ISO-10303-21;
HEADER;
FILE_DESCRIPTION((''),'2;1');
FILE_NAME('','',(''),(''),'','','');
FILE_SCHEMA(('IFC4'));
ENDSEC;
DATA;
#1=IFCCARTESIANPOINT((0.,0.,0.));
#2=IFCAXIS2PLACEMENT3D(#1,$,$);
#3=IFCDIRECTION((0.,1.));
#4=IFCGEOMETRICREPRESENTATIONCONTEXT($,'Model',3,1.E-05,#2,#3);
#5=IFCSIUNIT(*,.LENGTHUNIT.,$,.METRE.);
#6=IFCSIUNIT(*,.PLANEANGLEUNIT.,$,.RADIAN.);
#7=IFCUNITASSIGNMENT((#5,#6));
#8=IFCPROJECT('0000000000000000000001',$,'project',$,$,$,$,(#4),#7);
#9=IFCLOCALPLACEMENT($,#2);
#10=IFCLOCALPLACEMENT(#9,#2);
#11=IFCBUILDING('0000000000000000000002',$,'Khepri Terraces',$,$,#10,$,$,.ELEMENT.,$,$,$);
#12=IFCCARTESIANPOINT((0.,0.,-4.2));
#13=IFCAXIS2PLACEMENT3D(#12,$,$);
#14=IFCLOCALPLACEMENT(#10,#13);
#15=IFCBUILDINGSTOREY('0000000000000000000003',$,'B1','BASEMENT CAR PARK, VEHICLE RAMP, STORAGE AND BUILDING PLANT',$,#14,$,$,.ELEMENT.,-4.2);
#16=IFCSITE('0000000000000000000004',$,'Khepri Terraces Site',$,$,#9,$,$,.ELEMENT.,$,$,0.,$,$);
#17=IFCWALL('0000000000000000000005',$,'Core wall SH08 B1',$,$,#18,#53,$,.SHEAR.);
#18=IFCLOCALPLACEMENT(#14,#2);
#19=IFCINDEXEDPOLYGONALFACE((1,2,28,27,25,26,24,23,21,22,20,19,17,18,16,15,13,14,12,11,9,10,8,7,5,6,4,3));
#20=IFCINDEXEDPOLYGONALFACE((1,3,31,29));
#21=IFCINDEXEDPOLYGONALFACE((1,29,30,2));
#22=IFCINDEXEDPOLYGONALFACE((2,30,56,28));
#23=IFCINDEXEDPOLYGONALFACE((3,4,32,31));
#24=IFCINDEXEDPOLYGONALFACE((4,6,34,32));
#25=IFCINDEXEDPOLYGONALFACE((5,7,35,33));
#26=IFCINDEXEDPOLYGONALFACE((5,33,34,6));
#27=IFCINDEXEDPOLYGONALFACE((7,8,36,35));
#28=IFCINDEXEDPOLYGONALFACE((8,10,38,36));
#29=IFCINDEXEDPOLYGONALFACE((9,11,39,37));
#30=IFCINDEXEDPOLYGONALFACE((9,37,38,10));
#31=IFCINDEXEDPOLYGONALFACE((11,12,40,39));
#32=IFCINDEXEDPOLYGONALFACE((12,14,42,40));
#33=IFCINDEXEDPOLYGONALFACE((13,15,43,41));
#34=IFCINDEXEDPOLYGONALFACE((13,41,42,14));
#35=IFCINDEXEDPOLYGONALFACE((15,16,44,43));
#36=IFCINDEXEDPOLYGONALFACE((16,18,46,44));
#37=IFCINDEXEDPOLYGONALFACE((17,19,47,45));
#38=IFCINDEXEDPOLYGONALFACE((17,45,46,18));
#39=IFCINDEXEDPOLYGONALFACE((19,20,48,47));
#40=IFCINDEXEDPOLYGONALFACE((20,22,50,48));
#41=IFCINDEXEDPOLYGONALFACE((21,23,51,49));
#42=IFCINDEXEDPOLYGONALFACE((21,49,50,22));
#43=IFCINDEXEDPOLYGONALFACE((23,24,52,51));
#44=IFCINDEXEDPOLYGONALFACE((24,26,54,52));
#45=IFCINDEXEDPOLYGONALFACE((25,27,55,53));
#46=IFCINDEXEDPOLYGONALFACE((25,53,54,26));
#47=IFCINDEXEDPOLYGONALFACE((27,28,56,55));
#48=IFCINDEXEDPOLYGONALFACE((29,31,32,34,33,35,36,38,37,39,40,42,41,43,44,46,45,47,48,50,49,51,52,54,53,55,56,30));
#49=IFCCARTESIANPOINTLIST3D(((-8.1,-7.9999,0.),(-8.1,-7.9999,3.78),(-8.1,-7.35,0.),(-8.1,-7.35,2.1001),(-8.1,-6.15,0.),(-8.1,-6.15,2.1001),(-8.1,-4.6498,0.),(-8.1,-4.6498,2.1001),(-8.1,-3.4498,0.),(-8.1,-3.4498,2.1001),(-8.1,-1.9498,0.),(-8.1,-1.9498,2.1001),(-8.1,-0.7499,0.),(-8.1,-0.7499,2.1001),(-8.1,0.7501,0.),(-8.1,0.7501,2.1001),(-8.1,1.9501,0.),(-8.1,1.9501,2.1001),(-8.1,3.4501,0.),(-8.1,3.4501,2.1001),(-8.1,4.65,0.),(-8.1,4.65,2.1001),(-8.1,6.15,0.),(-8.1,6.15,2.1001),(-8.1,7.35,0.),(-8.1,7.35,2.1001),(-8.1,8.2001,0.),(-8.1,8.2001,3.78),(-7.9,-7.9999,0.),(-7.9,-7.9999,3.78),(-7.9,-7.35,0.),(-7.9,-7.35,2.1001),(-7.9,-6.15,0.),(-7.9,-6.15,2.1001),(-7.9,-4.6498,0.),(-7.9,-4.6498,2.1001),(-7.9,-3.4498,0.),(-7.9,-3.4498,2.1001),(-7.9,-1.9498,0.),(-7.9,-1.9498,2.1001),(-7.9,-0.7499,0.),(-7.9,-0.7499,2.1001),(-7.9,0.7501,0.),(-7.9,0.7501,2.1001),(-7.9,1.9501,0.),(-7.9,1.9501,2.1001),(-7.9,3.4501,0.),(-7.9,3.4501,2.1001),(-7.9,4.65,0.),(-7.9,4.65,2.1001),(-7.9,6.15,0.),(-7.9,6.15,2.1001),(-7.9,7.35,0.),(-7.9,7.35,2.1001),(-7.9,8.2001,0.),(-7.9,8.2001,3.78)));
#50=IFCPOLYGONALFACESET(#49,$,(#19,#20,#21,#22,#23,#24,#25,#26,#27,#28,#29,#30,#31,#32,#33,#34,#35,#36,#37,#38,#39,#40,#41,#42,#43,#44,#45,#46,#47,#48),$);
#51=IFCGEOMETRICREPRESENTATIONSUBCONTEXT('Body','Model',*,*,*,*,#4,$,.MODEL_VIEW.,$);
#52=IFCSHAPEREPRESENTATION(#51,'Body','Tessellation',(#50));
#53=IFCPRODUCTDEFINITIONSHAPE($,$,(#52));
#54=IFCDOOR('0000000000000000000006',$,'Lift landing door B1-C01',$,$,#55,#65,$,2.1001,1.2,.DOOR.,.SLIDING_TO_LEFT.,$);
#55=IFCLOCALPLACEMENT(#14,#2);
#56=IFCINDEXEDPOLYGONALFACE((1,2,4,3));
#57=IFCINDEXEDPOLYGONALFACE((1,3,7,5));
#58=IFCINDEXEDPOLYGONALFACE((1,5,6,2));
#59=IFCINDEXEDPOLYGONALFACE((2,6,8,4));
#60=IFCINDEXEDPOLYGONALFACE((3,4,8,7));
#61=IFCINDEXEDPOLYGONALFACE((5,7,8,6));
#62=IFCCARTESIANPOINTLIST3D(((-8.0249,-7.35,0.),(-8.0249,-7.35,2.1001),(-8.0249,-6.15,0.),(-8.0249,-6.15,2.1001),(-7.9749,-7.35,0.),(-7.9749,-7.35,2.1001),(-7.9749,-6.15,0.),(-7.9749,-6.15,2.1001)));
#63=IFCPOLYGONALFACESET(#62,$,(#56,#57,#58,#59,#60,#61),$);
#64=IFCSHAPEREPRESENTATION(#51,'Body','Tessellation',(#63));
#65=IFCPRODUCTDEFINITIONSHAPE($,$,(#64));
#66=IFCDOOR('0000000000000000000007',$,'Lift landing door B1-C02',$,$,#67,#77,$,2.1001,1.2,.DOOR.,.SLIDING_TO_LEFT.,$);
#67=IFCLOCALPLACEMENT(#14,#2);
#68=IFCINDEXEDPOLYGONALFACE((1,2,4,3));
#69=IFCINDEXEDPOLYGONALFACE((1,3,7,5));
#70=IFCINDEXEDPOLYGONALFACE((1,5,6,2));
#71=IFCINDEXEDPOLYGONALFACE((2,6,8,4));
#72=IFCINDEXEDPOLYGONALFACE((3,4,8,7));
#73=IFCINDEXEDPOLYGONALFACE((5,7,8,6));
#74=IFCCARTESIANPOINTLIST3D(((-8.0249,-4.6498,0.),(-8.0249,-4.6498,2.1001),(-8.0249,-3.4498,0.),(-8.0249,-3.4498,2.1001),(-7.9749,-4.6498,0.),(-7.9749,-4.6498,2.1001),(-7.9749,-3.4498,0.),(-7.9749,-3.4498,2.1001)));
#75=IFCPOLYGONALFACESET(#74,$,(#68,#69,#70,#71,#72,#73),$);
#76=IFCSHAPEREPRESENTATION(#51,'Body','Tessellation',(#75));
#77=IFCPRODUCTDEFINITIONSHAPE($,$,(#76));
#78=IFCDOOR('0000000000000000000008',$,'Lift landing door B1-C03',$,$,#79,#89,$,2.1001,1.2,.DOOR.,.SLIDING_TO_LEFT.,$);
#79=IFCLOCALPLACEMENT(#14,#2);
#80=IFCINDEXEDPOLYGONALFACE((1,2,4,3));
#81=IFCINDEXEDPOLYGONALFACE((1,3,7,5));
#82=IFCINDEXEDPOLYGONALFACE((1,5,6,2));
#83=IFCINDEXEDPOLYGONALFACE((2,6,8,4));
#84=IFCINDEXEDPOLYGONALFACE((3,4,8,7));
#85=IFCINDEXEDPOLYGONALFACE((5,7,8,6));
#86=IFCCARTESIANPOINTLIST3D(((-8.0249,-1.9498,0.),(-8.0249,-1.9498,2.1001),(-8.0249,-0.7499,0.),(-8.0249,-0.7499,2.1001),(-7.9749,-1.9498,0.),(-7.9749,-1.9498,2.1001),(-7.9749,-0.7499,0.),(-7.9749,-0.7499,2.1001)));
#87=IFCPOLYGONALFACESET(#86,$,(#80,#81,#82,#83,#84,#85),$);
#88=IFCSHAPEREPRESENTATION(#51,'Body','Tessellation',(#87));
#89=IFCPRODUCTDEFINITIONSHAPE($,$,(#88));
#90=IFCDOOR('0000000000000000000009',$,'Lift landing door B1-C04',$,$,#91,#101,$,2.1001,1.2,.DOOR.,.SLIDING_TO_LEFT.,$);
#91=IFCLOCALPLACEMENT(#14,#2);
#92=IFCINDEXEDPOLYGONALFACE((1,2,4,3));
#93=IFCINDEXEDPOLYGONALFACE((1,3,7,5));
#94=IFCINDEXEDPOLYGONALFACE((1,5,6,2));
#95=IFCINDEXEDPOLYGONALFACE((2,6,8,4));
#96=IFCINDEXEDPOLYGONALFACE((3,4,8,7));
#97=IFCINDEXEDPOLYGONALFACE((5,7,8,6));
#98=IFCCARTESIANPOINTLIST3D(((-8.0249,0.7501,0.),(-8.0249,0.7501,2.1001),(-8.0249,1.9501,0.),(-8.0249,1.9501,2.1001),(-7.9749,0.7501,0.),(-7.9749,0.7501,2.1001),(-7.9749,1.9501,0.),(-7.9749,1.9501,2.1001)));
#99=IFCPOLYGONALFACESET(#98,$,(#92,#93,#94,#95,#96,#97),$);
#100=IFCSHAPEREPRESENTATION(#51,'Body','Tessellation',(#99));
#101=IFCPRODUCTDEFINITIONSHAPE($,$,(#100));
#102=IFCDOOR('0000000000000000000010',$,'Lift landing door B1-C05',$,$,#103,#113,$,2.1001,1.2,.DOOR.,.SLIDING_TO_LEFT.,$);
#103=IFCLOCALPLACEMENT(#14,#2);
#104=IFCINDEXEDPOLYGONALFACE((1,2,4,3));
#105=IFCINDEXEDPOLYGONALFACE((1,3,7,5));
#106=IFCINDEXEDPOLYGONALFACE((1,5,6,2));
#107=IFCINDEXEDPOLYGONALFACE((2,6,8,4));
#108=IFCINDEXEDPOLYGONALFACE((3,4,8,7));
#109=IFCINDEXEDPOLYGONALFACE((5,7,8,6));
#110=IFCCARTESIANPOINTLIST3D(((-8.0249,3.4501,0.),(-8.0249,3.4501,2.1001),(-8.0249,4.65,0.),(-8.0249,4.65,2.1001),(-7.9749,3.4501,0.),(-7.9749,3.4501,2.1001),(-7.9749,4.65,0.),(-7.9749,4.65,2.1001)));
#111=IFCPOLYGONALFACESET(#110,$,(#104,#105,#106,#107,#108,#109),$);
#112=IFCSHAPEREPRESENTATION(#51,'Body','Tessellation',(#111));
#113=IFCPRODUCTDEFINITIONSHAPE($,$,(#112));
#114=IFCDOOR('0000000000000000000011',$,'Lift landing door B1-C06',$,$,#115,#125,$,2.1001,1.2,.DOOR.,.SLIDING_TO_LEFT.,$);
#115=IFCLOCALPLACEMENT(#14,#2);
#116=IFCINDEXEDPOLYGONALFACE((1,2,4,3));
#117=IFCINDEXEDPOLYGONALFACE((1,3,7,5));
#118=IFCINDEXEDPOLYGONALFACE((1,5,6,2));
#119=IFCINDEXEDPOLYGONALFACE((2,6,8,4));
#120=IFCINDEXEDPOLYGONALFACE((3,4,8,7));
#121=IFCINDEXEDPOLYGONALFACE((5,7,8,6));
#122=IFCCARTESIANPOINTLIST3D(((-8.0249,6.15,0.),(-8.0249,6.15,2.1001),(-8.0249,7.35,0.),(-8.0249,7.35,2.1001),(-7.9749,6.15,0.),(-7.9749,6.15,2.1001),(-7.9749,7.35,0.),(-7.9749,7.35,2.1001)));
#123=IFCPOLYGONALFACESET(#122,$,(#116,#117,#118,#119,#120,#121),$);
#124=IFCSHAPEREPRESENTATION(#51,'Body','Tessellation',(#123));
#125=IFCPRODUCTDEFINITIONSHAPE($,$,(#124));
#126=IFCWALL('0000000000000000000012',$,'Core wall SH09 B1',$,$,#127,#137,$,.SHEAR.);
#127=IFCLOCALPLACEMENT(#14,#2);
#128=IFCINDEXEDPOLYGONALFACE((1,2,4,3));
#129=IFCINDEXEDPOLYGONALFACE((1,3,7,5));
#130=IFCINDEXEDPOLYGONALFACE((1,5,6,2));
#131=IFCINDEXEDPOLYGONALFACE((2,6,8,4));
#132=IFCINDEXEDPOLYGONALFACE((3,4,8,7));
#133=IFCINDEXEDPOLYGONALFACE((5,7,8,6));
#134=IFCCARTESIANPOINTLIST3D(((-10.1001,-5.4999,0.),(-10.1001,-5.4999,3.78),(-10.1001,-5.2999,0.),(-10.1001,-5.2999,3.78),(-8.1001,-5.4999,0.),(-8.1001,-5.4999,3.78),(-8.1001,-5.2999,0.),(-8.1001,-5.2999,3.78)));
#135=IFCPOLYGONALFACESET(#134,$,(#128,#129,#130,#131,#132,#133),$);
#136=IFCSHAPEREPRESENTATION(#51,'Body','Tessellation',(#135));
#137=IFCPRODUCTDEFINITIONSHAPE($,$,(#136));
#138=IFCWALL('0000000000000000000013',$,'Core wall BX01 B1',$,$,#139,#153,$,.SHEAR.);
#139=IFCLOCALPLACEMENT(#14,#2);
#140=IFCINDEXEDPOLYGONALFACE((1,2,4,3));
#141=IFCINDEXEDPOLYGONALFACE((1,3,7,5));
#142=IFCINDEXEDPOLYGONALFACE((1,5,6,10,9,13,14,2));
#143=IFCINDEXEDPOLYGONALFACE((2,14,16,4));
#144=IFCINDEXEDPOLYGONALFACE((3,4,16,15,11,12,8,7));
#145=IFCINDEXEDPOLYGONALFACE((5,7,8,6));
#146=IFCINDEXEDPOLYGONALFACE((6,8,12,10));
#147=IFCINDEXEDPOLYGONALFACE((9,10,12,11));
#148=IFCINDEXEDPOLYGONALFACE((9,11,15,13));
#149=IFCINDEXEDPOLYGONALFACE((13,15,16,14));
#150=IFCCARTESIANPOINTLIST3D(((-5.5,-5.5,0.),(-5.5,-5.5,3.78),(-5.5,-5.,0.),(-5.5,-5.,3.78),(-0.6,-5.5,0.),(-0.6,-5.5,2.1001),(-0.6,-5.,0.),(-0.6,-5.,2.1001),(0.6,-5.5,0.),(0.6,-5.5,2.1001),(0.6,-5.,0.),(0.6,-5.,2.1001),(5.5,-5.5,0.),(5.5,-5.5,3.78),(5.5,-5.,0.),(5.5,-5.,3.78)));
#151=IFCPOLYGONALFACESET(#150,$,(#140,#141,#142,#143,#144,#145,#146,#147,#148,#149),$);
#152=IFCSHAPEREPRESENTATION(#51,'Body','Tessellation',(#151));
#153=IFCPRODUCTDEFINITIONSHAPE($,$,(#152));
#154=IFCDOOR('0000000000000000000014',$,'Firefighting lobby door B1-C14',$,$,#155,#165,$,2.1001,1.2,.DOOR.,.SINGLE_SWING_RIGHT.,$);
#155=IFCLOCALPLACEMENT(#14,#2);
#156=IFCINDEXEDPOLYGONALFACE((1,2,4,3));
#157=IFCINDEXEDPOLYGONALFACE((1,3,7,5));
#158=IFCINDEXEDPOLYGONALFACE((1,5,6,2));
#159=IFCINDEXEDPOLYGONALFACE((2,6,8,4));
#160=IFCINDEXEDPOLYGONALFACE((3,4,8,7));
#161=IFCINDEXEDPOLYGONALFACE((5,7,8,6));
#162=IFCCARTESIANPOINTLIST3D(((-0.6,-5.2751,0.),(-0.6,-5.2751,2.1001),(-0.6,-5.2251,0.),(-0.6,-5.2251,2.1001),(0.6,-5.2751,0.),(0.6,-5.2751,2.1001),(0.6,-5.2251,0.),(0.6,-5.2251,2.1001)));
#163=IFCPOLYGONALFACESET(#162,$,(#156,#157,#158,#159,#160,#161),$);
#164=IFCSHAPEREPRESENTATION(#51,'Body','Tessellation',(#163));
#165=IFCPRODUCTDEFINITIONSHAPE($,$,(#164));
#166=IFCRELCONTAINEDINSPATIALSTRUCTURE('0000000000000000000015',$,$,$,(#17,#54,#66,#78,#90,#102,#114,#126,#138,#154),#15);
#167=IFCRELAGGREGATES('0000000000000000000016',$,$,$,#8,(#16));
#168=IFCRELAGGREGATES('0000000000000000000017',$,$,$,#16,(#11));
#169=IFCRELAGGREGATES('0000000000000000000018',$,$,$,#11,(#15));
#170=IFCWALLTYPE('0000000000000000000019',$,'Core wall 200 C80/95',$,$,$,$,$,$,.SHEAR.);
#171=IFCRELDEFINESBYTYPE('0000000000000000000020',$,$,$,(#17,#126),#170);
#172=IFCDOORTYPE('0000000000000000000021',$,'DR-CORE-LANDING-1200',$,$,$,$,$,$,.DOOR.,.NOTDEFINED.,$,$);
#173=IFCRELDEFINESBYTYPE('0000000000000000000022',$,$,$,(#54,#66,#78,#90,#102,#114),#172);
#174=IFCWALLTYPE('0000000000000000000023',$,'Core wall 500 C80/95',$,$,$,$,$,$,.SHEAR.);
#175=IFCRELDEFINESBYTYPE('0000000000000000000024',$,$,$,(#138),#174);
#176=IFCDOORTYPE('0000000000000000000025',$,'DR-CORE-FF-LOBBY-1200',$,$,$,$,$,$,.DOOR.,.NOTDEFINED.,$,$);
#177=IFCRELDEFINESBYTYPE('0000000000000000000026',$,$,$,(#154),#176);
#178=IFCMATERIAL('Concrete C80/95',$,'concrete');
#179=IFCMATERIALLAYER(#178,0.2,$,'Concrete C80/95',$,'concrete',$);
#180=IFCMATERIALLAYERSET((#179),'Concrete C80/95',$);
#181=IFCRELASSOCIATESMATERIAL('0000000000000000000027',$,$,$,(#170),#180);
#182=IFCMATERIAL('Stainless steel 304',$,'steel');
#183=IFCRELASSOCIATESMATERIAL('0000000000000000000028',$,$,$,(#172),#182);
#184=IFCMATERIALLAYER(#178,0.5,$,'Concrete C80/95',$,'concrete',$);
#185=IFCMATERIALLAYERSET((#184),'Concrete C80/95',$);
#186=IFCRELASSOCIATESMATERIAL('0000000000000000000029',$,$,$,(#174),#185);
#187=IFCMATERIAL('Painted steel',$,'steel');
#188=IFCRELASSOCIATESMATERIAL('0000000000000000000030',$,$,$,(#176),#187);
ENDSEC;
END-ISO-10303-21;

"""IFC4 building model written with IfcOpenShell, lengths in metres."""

from ifc_helpers import new_model, si_unit, direction, frame, frame_2d, origin, place, context, subcontext, project, spatial, rectangle, extrude, material, layer, layer_set, type_object, element, fill, save


model = new_model("IFC4")

# Units and contexts
model_context = context("Model", 3, precision=1e-05, world=origin(), true_north=direction((0.0, 1.0)))
body_context = subcontext(model_context, "Body", "Model", "MODEL_VIEW")
ifc_project = project(units=[si_unit("LENGTHUNIT", "METRE"), si_unit("PLANEANGLEUNIT", "RADIAN")], contexts=[model_context])

# Site, building, storey
site_placement = place(None, origin())
site = spatial("IfcSite", under=ifc_project, at=site_placement, Name="Khepri Terraces Site", CompositionType="ELEMENT", RefElevation=0.0)
building_placement = place(site_placement, origin())
building = spatial("IfcBuilding", under=site, at=building_placement, Name="Khepri Terraces", CompositionType="ELEMENT")
storey_placement = place(building_placement, frame((0.0, 0.0, -4.2)))
storey = spatial("IfcBuildingStorey", under=building, at=storey_placement, Name="B1", Description="BASEMENT CAR PARK, VEHICLE RAMP, STORAGE AND BUILDING PLANT", CompositionType="ELEMENT", Elevation=-4.2)

# Shared definitions
ifc_material_1 = material(Name="Concrete C80/95", Category="concrete")
ifc_layer_1 = layer(ifc_material_1, 0.2, Name="Concrete C80/95", Category="concrete")
ifc_layer_set_1 = layer_set([ifc_layer_1], Name="Concrete C80/95")
wall_type_1 = type_object("IfcWallType", Name="Core wall 200 C80/95", PredefinedType="SHEAR", material=ifc_layer_set_1)

# Wall, openings, doors
wall_1_placement = place(storey_placement, frame((-8.0, -8.0, 0.0), z_axis=(0.0, 0.0, 1.0), x_axis=(0.0, 1.0, 0.0)))
wall_1 = element("IfcWall", 1, at=wall_1_placement, inside=storey, type_object=wall_type_1, Name="Core wall SH08 B1", PredefinedType="SHEAR", context=body_context, shape_type="SweptSolid", body=[
    extrude(rectangle(XDim=16.2, YDim=0.2, at=frame_2d((8.1001, 0.0))), origin(), (0.0, 0.0, 1.0), 3.78),
])
opening_1_placement = place(wall_1_placement, frame((0.6499, 0.0, 0.0)))
opening_1 = element("IfcOpeningElement", 2, at=opening_1_placement, cuts=wall_1, PredefinedType="OPENING", context=body_context, shape_type="SweptSolid", body=[
    extrude(rectangle(XDim=1.2, YDim=2.1001, at=frame_2d((0.6001, 1.05))), frame((0.0, 0.1099, 0.0), z_axis=(0.0, -1.0, 0.0), x_axis=(1.0, 0.0, 0.0)), (0.0, 0.0, 1.0), 0.22),
])
opening_2_placement = place(wall_1_placement, frame((3.3501, 0.0, 0.0)))
opening_2 = element("IfcOpeningElement", 3, at=opening_2_placement, cuts=wall_1, PredefinedType="OPENING", context=body_context, shape_type="SweptSolid", body=[
    extrude(rectangle(XDim=1.2, YDim=2.1001, at=frame_2d((0.6001, 1.05))), frame((0.0, 0.1099, 0.0), z_axis=(0.0, -1.0, 0.0), x_axis=(1.0, 0.0, 0.0)), (0.0, 0.0, 1.0), 0.22),
])
opening_3_placement = place(wall_1_placement, frame((6.05, 0.0, 0.0)))
opening_3 = element("IfcOpeningElement", 4, at=opening_3_placement, cuts=wall_1, PredefinedType="OPENING", context=body_context, shape_type="SweptSolid", body=[
    extrude(rectangle(XDim=1.2, YDim=2.1001, at=frame_2d((0.6001, 1.05))), frame((0.0, 0.1099, 0.0), z_axis=(0.0, -1.0, 0.0), x_axis=(1.0, 0.0, 0.0)), (0.0, 0.0, 1.0), 0.22),
])
opening_4_placement = place(wall_1_placement, frame((8.75, 0.0, 0.0)))
opening_4 = element("IfcOpeningElement", 5, at=opening_4_placement, cuts=wall_1, PredefinedType="OPENING", context=body_context, shape_type="SweptSolid", body=[
    extrude(rectangle(XDim=1.2, YDim=2.1001, at=frame_2d((0.6001, 1.05))), frame((0.0, 0.1099, 0.0), z_axis=(0.0, -1.0, 0.0), x_axis=(1.0, 0.0, 0.0)), (0.0, 0.0, 1.0), 0.22),
])
opening_5_placement = place(wall_1_placement, frame((11.45, 0.0, 0.0)))
opening_5 = element("IfcOpeningElement", 6, at=opening_5_placement, cuts=wall_1, PredefinedType="OPENING", context=body_context, shape_type="SweptSolid", body=[
    extrude(rectangle(XDim=1.2, YDim=2.1001, at=frame_2d((0.6001, 1.05))), frame((0.0, 0.1099, 0.0), z_axis=(0.0, -1.0, 0.0), x_axis=(1.0, 0.0, 0.0)), (0.0, 0.0, 1.0), 0.22),
])
opening_6_placement = place(wall_1_placement, frame((14.1499, 0.0, 0.0)))
opening_6 = element("IfcOpeningElement", 7, at=opening_6_placement, cuts=wall_1, PredefinedType="OPENING", context=body_context, shape_type="SweptSolid", body=[
    extrude(rectangle(XDim=1.2, YDim=2.1001, at=frame_2d((0.6001, 1.05))), frame((0.0, 0.1099, 0.0), z_axis=(0.0, -1.0, 0.0), x_axis=(1.0, 0.0, 0.0)), (0.0, 0.0, 1.0), 0.22),
])
ifc_material_2 = material(Name="Stainless steel 304", Category="steel")
door_type_1 = type_object("IfcDoorType", Name="DR-CORE-LANDING-1200", OperationType="NOTDEFINED", PredefinedType="DOOR", material=ifc_material_2)
door_1_placement = place(opening_1_placement, origin())
door_1 = element("IfcDoor", 8, at=door_1_placement, inside=storey, type_object=door_type_1, Name="Lift landing door B1-C01", OperationType="SLIDING_TO_LEFT", OverallHeight=2.1001, OverallWidth=1.2, PredefinedType="DOOR", context=body_context, shape_type="SweptSolid", body=[
    extrude(rectangle(XDim=1.2, YDim=2.1001, at=frame_2d((0.6001, 1.05))), frame((0.0, 0.0249, 0.0), z_axis=(0.0, -1.0, 0.0), x_axis=(1.0, 0.0, 0.0)), (0.0, 0.0, 1.0), 0.05),
])
fill(opening_1, door_1)
door_2_placement = place(opening_2_placement, origin())
door_2 = element("IfcDoor", 9, at=door_2_placement, inside=storey, type_object=door_type_1, Name="Lift landing door B1-C02", OperationType="SLIDING_TO_LEFT", OverallHeight=2.1001, OverallWidth=1.2, PredefinedType="DOOR", context=body_context, shape_type="SweptSolid", body=[
    extrude(rectangle(XDim=1.2, YDim=2.1001, at=frame_2d((0.6001, 1.05))), frame((0.0, 0.0249, 0.0), z_axis=(0.0, -1.0, 0.0), x_axis=(1.0, 0.0, 0.0)), (0.0, 0.0, 1.0), 0.05),
])
fill(opening_2, door_2)
door_3_placement = place(opening_3_placement, origin())
door_3 = element("IfcDoor", 10, at=door_3_placement, inside=storey, type_object=door_type_1, Name="Lift landing door B1-C03", OperationType="SLIDING_TO_LEFT", OverallHeight=2.1001, OverallWidth=1.2, PredefinedType="DOOR", context=body_context, shape_type="SweptSolid", body=[
    extrude(rectangle(XDim=1.2, YDim=2.1001, at=frame_2d((0.6001, 1.05))), frame((0.0, 0.0249, 0.0), z_axis=(0.0, -1.0, 0.0), x_axis=(1.0, 0.0, 0.0)), (0.0, 0.0, 1.0), 0.05),
])
fill(opening_3, door_3)
door_4_placement = place(opening_4_placement, origin())
door_4 = element("IfcDoor", 11, at=door_4_placement, inside=storey, type_object=door_type_1, Name="Lift landing door B1-C04", OperationType="SLIDING_TO_LEFT", OverallHeight=2.1001, OverallWidth=1.2, PredefinedType="DOOR", context=body_context, shape_type="SweptSolid", body=[
    extrude(rectangle(XDim=1.2, YDim=2.1001, at=frame_2d((0.6001, 1.05))), frame((0.0, 0.0249, 0.0), z_axis=(0.0, -1.0, 0.0), x_axis=(1.0, 0.0, 0.0)), (0.0, 0.0, 1.0), 0.05),
])
fill(opening_4, door_4)
door_5_placement = place(opening_5_placement, origin())
door_5 = element("IfcDoor", 12, at=door_5_placement, inside=storey, type_object=door_type_1, Name="Lift landing door B1-C05", OperationType="SLIDING_TO_LEFT", OverallHeight=2.1001, OverallWidth=1.2, PredefinedType="DOOR", context=body_context, shape_type="SweptSolid", body=[
    extrude(rectangle(XDim=1.2, YDim=2.1001, at=frame_2d((0.6001, 1.05))), frame((0.0, 0.0249, 0.0), z_axis=(0.0, -1.0, 0.0), x_axis=(1.0, 0.0, 0.0)), (0.0, 0.0, 1.0), 0.05),
])
fill(opening_5, door_5)
door_6_placement = place(opening_6_placement, origin())
door_6 = element("IfcDoor", 13, at=door_6_placement, inside=storey, type_object=door_type_1, Name="Lift landing door B1-C06", OperationType="SLIDING_TO_LEFT", OverallHeight=2.1001, OverallWidth=1.2, PredefinedType="DOOR", context=body_context, shape_type="SweptSolid", body=[
    extrude(rectangle(XDim=1.2, YDim=2.1001, at=frame_2d((0.6001, 1.05))), frame((0.0, 0.0249, 0.0), z_axis=(0.0, -1.0, 0.0), x_axis=(1.0, 0.0, 0.0)), (0.0, 0.0, 1.0), 0.05),
])
fill(opening_6, door_6)

# Wall
wall_2_placement = place(storey_placement, frame((-10.1001, -5.3999, 0.0), z_axis=(0.0, 0.0, 1.0), x_axis=(1.0, 0.0, 0.0)))
element("IfcWall", 14, at=wall_2_placement, inside=storey, type_object=wall_type_1, Name="Core wall SH09 B1", PredefinedType="SHEAR", context=body_context, shape_type="SweptSolid", body=[
    extrude(rectangle(XDim=2.0, YDim=0.2, at=frame_2d((1.0, 0.0))), origin(), (0.0, 0.0, 1.0), 3.78),
])

# Wall, opening, door
ifc_layer_2 = layer(ifc_material_1, 0.5, Name="Concrete C80/95", Category="concrete")
ifc_layer_set_2 = layer_set([ifc_layer_2], Name="Concrete C80/95")
wall_type_2 = type_object("IfcWallType", Name="Core wall 500 C80/95", PredefinedType="SHEAR", material=ifc_layer_set_2)
wall_3_placement = place(storey_placement, frame((-5.5, -5.25, 0.0), z_axis=(0.0, 0.0, 1.0), x_axis=(1.0, 0.0, 0.0)))
wall_3 = element("IfcWall", 15, at=wall_3_placement, inside=storey, type_object=wall_type_2, Name="Core wall BX01 B1", PredefinedType="SHEAR", context=body_context, shape_type="SweptSolid", body=[
    extrude(rectangle(XDim=11.0, YDim=0.5, at=frame_2d((5.5, 0.0))), origin(), (0.0, 0.0, 1.0), 3.78),
])
opening_7_placement = place(wall_3_placement, frame((4.8999, 0.0, 0.0)))
opening_7 = element("IfcOpeningElement", 16, at=opening_7_placement, cuts=wall_3, PredefinedType="OPENING", context=body_context, shape_type="SweptSolid", body=[
    extrude(rectangle(XDim=1.2, YDim=2.1001, at=frame_2d((0.6001, 1.05))), frame((0.0, 0.26, 0.0), z_axis=(0.0, -1.0, 0.0), x_axis=(1.0, 0.0, 0.0)), (0.0, 0.0, 1.0), 0.52),
])
ifc_material_3 = material(Name="Painted steel", Category="steel")
door_type_2 = type_object("IfcDoorType", Name="DR-CORE-FF-LOBBY-1200", OperationType="NOTDEFINED", PredefinedType="DOOR", material=ifc_material_3)
door_7_placement = place(opening_7_placement, origin())
door_7 = element("IfcDoor", 17, at=door_7_placement, inside=storey, type_object=door_type_2, Name="Firefighting lobby door B1-C14", OperationType="SINGLE_SWING_RIGHT", OverallHeight=2.1001, OverallWidth=1.2, PredefinedType="DOOR", context=body_context, shape_type="SweptSolid", body=[
    extrude(rectangle(XDim=1.2, YDim=2.1001, at=frame_2d((0.6001, 1.05))), frame((0.0, 0.0249, 0.0), z_axis=(0.0, -1.0, 0.0), x_axis=(1.0, 0.0, 0.0)), (0.0, 0.0, 1.0), 0.05),
])
fill(opening_7, door_7)

save(model, "model.ifc")
